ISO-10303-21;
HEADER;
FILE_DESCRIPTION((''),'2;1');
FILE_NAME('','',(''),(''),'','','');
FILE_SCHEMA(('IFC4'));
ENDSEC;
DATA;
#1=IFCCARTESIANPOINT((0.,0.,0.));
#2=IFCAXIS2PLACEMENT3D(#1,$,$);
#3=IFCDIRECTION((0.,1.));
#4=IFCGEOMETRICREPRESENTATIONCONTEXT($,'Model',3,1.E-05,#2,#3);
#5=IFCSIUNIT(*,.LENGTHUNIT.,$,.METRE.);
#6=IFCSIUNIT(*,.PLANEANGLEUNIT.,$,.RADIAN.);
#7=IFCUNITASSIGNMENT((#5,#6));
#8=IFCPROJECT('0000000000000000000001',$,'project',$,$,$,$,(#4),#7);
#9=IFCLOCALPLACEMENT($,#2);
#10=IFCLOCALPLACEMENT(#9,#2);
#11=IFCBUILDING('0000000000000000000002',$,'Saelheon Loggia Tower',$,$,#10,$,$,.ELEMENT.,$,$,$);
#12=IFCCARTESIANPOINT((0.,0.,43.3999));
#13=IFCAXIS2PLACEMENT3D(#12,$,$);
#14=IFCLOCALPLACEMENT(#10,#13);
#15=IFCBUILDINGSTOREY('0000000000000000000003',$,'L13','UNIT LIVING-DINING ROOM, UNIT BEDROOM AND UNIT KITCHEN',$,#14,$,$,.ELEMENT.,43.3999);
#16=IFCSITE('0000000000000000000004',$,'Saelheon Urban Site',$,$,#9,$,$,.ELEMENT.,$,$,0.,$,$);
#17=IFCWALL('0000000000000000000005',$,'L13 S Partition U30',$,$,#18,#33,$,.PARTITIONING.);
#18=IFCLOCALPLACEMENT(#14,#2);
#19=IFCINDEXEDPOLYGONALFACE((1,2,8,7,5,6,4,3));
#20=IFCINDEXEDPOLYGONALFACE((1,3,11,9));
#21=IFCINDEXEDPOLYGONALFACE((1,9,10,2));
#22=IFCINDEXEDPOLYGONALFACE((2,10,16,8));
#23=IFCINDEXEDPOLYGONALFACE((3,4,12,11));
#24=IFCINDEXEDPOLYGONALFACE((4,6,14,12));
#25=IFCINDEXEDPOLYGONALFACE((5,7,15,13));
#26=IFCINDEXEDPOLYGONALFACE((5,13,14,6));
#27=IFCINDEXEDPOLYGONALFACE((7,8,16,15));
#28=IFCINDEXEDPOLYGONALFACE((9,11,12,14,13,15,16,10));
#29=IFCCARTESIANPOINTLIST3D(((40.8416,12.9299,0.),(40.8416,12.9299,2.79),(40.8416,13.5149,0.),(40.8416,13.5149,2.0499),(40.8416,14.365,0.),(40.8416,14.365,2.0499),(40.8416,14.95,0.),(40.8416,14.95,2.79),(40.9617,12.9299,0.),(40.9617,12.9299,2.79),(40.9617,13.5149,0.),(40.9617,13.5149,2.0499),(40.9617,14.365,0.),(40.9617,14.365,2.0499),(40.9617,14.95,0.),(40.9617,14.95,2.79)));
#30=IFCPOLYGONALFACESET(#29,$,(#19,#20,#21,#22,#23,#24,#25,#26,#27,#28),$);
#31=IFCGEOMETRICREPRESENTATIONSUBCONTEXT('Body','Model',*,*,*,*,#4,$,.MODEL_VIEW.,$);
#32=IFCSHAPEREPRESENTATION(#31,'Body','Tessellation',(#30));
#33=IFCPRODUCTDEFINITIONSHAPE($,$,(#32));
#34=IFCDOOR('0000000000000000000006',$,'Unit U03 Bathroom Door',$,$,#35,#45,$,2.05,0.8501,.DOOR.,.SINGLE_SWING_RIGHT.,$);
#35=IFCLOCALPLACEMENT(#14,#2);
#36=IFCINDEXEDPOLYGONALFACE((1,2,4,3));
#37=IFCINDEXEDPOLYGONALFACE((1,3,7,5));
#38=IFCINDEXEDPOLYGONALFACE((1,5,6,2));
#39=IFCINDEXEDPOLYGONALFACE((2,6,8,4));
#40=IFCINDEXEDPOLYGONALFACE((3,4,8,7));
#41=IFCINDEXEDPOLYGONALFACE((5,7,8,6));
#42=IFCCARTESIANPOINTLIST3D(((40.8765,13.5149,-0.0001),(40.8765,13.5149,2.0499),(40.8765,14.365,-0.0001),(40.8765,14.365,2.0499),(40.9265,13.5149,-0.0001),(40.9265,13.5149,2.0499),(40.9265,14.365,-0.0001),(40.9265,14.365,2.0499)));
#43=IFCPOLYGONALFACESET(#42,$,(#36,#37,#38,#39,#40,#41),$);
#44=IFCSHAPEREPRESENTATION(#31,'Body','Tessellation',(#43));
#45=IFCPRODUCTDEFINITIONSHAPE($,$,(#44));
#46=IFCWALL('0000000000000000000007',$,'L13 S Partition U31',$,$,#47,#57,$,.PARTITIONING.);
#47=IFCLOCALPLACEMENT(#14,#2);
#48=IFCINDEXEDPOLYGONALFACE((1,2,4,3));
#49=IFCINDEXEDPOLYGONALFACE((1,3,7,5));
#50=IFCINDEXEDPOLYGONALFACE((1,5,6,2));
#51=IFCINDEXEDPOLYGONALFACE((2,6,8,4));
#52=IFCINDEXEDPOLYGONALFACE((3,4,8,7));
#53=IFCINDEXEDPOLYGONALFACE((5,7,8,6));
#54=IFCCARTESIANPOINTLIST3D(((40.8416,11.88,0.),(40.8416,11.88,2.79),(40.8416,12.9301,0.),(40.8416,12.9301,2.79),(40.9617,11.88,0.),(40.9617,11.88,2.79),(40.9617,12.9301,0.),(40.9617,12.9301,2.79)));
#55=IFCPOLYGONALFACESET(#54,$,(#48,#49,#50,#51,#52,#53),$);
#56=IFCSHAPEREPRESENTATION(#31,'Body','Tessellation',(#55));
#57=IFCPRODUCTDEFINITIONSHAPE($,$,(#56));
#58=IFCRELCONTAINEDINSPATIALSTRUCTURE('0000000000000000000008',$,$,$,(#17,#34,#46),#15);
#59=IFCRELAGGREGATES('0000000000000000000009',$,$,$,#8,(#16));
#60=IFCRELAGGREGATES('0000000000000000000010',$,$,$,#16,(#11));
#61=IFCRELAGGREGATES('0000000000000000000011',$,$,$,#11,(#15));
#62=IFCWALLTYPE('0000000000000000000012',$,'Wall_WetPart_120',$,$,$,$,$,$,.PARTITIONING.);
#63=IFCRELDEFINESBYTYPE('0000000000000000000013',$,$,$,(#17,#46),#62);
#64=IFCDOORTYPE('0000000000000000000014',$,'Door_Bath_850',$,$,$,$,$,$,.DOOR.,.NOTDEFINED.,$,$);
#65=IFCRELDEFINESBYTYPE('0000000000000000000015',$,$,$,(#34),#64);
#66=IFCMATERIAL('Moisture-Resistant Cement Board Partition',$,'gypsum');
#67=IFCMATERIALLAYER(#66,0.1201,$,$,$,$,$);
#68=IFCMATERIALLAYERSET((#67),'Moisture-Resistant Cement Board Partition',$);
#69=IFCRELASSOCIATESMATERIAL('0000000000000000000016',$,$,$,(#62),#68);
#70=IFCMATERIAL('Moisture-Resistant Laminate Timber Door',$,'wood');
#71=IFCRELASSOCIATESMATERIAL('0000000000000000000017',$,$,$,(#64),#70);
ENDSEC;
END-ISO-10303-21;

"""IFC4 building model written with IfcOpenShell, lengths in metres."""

from ifc_helpers import new_model, si_unit, direction, frame, frame_2d, origin, place, context, subcontext, project, spatial, rectangle, extrude, source, transform, mapped, material, layer, layer_set, type_object, element, fill, save


model = new_model("IFC4")

# Units and contexts
model_context = context("Model", 3, precision=1e-05, world=origin(), true_north=direction((0.0, 1.0)))
body_context = subcontext(model_context, "Body", "Model", "MODEL_VIEW")
ifc_project = project(units=[si_unit("LENGTHUNIT", "METRE"), si_unit("PLANEANGLEUNIT", "RADIAN")], contexts=[model_context])

# Site, building, storey
site_placement = place(None, origin())
site = spatial("IfcSite", under=ifc_project, at=site_placement, Name="Saelheon Urban Site", CompositionType="ELEMENT", RefElevation=0.0)
building_placement = place(site_placement, origin())
building = spatial("IfcBuilding", under=site, at=building_placement, Name="Saelheon Loggia Tower", CompositionType="ELEMENT")
storey_placement = place(building_placement, frame((0.0, 0.0, 43.3999)))
storey = spatial("IfcBuildingStorey", under=building, at=storey_placement, Name="L13", Description="UNIT LIVING-DINING ROOM, UNIT BEDROOM AND UNIT KITCHEN", CompositionType="ELEMENT", Elevation=43.3999)

# Shared definitions
ifc_material_1 = material(Name="Moisture-Resistant Cement Board Partition", Category="gypsum")
ifc_layer_1 = layer(ifc_material_1, 0.1201)
ifc_layer_set_1 = layer_set([ifc_layer_1], Name="Moisture-Resistant Cement Board Partition")
wall_type_1 = type_object("IfcWallType", Name="Wall_WetPart_120", PredefinedType="PARTITIONING", material=ifc_layer_set_1)

# Wall, opening, door
wall_1_placement = place(storey_placement, frame((40.9016, 14.95, 0.0), z_axis=(0.0, 0.0, 1.0), x_axis=(0.0, -1.0, 0.0)))
wall_1 = element("IfcWall", 1, at=wall_1_placement, inside=storey, type_object=wall_type_1, Name="L13 S Partition U30", PredefinedType="PARTITIONING", context=body_context, shape_type="SweptSolid", body=[
    extrude(rectangle(XDim=2.02, YDim=0.1201, at=frame_2d((1.01, 0.0))), origin(), (0.0, 0.0, 1.0), 2.79),
])
opening_1_placement = place(wall_1_placement, frame((0.585, 0.0, 0.0)))
opening_1 = element("IfcOpeningElement", 2, at=opening_1_placement, cuts=wall_1, PredefinedType="OPENING", context=body_context, shape_type="SweptSolid", body=[
    extrude(rectangle(XDim=0.8501, YDim=2.05, at=frame_2d((0.425, 1.0249))), frame((0.0, 0.072, 0.0), z_axis=(0.0, -1.0, 0.0), x_axis=(1.0, 0.0, 0.0)), (0.0, 0.0, 1.0), 0.144),
])
ifc_material_2 = material(Name="Moisture-Resistant Laminate Timber Door", Category="wood")
door_type_1 = type_object("IfcDoorType", Name="Door_Bath_850", OperationType="NOTDEFINED", PredefinedType="DOOR", material=ifc_material_2)
shared_shape_1 = source(origin(), body_context, "Body", "SweptSolid", [
    extrude(rectangle(XDim=0.8501, YDim=2.05, at=frame_2d((0.425, 1.0249))), frame((0.0, 0.0249, 0.0), z_axis=(0.0, -1.0, 0.0), x_axis=(1.0, 0.0, 0.0)), (0.0, 0.0, 1.0), 0.05),
])
door_1_placement = place(opening_1_placement, origin())
door_1 = element("IfcDoor", 3, at=door_1_placement, inside=storey, type_object=door_type_1, Name="Unit U03 Bathroom Door", OperationType="SINGLE_SWING_RIGHT", OverallHeight=2.05, OverallWidth=0.8501, PredefinedType="DOOR", context=body_context, shape_type="MappedRepresentation", body=[
    mapped(shared_shape_1, transform((0.0, 0.0, 0.0), scale=1.0)),
])
fill(opening_1, door_1)

# Wall
wall_2_placement = place(storey_placement, frame((40.9016, 12.9299, 0.0), z_axis=(0.0, 0.0, 1.0), x_axis=(0.0, -1.0, 0.0)))
element("IfcWall", 4, at=wall_2_placement, inside=storey, type_object=wall_type_1, Name="L13 S Partition U31", PredefinedType="PARTITIONING", context=body_context, shape_type="SweptSolid", body=[
    extrude(rectangle(XDim=1.05, YDim=0.1201, at=frame_2d((0.5249, 0.0))), origin(), (0.0, 0.0, 1.0), 2.79),
])

save(model, "model.ifc")
